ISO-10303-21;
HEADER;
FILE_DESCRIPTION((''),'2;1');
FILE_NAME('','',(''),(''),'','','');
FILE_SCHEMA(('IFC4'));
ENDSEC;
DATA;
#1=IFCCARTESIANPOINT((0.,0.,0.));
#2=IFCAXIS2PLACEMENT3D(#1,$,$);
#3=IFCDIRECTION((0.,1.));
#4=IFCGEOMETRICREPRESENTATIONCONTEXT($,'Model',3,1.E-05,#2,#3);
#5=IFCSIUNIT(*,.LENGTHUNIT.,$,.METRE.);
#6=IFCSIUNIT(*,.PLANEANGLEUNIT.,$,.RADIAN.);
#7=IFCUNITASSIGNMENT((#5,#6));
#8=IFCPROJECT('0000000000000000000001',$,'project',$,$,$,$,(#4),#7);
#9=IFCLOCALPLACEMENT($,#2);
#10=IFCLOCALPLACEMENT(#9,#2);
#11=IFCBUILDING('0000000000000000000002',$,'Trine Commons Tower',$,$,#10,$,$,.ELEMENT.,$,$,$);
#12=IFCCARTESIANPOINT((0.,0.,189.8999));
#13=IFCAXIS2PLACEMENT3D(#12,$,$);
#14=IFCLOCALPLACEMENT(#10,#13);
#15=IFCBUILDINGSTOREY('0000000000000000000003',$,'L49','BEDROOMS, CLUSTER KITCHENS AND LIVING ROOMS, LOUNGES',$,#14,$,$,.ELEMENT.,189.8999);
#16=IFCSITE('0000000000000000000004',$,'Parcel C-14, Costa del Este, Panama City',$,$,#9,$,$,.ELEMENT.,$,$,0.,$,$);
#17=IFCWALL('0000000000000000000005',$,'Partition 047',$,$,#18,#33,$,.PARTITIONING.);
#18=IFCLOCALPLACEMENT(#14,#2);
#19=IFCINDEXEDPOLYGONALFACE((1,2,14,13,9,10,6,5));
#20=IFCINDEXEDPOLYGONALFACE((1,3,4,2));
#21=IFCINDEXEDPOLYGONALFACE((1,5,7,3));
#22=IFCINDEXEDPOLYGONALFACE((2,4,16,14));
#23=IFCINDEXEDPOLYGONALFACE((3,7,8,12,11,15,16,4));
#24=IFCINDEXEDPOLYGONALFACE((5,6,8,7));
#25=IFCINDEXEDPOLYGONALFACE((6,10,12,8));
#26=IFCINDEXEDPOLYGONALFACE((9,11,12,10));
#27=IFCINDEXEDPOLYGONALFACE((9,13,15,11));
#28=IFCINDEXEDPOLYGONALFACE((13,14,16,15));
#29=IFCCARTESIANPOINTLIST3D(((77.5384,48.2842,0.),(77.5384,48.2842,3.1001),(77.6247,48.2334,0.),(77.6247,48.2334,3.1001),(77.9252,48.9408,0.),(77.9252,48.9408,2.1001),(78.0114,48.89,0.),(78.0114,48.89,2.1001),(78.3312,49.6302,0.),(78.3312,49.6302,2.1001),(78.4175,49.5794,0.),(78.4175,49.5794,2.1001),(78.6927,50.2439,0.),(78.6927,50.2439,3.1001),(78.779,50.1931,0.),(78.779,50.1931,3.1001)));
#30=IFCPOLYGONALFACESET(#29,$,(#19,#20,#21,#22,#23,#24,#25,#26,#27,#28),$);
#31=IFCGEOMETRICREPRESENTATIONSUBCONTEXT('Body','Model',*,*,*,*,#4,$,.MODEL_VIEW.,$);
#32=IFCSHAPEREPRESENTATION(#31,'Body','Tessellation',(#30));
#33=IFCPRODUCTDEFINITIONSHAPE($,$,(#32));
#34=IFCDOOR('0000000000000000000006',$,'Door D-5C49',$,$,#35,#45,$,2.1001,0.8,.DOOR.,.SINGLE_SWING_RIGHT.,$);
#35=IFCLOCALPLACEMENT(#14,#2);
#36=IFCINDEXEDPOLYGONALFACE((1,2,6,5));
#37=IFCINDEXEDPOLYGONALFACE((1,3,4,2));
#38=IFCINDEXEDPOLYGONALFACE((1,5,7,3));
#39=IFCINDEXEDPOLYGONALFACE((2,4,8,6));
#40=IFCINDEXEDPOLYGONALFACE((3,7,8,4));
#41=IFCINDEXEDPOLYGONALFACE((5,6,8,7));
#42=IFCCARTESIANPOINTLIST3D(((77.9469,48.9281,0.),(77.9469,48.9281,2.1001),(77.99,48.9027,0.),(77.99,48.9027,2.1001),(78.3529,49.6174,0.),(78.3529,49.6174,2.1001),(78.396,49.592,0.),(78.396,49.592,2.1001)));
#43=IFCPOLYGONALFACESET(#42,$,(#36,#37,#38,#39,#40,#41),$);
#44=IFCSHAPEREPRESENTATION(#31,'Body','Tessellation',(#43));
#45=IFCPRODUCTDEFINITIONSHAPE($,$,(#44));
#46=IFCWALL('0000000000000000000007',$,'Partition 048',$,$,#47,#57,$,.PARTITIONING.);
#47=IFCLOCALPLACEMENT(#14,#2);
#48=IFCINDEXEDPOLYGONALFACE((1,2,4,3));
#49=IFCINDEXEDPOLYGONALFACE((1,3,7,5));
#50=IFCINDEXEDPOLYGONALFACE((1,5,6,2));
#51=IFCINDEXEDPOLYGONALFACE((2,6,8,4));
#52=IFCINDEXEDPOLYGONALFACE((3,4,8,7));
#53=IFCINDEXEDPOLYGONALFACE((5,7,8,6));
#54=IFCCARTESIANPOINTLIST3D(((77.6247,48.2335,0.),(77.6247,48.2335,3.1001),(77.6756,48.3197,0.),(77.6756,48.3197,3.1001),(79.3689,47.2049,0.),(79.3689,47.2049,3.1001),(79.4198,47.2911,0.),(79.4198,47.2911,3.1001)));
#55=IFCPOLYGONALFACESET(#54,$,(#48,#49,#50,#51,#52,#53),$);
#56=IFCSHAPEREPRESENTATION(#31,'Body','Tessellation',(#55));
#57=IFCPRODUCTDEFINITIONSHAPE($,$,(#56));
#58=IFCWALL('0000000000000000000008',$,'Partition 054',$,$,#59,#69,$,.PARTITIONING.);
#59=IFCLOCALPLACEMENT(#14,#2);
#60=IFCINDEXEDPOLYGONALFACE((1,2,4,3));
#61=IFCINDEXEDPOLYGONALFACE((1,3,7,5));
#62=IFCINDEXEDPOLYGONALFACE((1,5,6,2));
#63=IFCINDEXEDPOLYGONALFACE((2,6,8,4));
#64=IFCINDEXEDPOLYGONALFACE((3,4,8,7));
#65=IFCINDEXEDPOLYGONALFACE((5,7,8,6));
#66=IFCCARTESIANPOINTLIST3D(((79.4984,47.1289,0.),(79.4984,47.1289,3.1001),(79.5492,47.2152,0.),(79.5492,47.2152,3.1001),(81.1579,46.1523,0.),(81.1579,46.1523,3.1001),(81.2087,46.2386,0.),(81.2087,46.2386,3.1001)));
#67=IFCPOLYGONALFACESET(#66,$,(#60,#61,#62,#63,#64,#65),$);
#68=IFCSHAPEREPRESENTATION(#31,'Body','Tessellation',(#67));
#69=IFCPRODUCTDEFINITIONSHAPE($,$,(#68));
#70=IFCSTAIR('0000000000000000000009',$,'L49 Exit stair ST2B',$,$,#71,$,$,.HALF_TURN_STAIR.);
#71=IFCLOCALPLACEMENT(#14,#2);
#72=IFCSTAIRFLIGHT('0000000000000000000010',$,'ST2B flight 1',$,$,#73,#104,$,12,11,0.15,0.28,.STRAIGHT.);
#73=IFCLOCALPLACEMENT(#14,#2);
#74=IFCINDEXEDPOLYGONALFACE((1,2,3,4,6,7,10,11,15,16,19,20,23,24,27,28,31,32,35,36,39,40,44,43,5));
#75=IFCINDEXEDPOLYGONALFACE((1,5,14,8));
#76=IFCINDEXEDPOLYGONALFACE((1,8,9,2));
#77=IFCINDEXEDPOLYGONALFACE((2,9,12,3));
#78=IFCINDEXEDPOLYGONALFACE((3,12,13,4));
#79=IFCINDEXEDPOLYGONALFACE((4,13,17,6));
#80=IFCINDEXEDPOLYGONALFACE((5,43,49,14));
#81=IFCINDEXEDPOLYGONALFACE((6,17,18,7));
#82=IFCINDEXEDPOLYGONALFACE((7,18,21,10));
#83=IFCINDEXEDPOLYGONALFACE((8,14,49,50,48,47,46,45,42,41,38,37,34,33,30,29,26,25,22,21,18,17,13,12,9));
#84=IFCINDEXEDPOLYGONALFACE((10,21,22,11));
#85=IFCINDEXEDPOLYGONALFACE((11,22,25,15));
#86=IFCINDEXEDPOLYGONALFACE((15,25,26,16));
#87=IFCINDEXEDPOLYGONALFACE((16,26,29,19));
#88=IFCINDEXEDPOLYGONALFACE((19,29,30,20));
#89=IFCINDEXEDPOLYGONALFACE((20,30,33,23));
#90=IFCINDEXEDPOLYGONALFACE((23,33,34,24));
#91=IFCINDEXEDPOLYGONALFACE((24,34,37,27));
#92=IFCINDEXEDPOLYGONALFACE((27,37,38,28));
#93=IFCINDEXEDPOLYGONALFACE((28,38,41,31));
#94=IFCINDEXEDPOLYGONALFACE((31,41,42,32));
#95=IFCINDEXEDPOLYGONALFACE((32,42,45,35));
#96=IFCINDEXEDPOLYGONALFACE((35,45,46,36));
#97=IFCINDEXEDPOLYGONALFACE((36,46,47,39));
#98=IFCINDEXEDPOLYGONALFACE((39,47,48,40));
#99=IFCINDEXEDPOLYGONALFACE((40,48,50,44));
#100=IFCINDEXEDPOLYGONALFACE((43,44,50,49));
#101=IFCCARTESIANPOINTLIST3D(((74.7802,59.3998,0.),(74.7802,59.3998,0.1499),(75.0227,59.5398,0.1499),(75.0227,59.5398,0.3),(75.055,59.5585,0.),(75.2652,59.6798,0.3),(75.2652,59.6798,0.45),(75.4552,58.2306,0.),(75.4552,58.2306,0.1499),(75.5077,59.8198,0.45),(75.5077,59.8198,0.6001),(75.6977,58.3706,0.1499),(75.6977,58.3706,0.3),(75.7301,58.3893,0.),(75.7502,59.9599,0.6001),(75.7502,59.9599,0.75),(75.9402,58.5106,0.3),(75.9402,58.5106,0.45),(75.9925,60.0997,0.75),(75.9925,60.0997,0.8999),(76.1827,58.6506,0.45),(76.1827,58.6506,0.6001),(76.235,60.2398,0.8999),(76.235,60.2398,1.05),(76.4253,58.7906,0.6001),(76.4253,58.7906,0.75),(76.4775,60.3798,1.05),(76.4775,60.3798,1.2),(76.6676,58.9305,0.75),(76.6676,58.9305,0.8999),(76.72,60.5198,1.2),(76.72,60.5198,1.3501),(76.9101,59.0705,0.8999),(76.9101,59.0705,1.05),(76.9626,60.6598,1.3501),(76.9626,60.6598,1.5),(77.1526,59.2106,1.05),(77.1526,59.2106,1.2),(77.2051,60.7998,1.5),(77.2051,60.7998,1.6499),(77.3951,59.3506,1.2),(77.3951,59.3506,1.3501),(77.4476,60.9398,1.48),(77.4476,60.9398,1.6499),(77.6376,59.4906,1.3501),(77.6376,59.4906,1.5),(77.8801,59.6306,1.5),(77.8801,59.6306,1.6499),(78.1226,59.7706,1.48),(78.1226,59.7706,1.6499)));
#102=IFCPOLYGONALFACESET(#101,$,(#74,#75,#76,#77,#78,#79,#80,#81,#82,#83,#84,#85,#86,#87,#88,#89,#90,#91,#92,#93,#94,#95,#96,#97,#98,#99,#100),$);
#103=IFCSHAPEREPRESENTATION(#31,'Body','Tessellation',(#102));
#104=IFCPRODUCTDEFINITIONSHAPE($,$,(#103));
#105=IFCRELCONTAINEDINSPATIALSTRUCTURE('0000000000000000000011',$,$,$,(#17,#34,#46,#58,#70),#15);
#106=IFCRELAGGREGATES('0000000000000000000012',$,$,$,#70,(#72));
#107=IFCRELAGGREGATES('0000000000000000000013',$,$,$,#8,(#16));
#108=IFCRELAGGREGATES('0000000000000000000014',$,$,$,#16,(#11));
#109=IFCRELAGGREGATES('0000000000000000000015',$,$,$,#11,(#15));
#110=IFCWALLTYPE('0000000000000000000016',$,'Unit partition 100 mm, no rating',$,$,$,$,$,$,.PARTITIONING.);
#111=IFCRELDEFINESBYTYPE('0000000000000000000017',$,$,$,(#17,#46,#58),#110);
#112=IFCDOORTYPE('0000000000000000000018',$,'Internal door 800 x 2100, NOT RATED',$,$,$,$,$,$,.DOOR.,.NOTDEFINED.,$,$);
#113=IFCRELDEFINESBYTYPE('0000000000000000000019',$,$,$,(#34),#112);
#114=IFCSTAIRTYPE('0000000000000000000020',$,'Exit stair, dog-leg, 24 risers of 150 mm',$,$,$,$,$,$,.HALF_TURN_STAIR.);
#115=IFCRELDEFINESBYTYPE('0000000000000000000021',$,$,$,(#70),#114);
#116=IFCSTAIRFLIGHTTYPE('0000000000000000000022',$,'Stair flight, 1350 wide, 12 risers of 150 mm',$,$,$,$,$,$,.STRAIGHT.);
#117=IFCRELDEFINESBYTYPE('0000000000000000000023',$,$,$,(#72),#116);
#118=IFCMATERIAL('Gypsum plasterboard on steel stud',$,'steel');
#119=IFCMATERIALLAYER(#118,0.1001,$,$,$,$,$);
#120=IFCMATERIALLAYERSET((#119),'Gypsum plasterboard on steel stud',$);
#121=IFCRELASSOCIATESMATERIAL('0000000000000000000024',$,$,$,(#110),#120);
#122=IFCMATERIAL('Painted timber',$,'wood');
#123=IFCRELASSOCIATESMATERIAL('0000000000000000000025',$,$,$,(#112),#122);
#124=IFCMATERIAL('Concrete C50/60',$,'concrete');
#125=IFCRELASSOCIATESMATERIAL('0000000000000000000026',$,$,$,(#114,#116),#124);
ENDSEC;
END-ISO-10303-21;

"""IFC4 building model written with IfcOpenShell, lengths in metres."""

from ifc_helpers import new_model, si_unit, direction, frame, frame_2d, origin, place, context, subcontext, project, spatial, polyline, rectangle, outline, extrude, material, layer, layer_set, type_object, element, fill, aggregate, save


model = new_model("IFC4")

# Units and contexts
model_context = context("Model", 3, precision=1e-05, world=origin(), true_north=direction((0.0, 1.0)))
body_context = subcontext(model_context, "Body", "Model", "MODEL_VIEW")
ifc_project = project(units=[si_unit("LENGTHUNIT", "METRE"), si_unit("PLANEANGLEUNIT", "RADIAN")], contexts=[model_context])

# Site, building, storey
site_placement = place(None, origin())
site = spatial("IfcSite", under=ifc_project, at=site_placement, Name="Parcel C-14, Costa del Este, Panama City", CompositionType="ELEMENT", RefElevation=0.0)
building_placement = place(site_placement, origin())
building = spatial("IfcBuilding", under=site, at=building_placement, Name="Trine Commons Tower", CompositionType="ELEMENT")
storey_placement = place(building_placement, frame((0.0, 0.0, 189.8999)))
storey = spatial("IfcBuildingStorey", under=building, at=storey_placement, Name="L49", Description="BEDROOMS, CLUSTER KITCHENS AND LIVING ROOMS, LOUNGES", CompositionType="ELEMENT", Elevation=189.8999)

# Shared definitions
ifc_material_1 = material(Name="Gypsum plasterboard on steel stud", Category="steel")

# Shared definitions
ifc_material_2 = material(Name="Painted timber", Category="wood")

# Wall, opening, door
ifc_layer_1 = layer(ifc_material_1, 0.1001)
ifc_layer_set_1 = layer_set([ifc_layer_1], Name="Gypsum plasterboard on steel stud")
wall_type_1 = type_object("IfcWallType", Name="Unit partition 100 mm, no rating", PredefinedType="PARTITIONING", material=ifc_layer_set_1)
wall_1_placement = place(storey_placement, frame((77.5815, 48.2588, 0.0), z_axis=(0.0, 0.0, 1.0), x_axis=(0.507517, 0.861642, 0.0)))
wall_1 = element("IfcWall", 1, at=wall_1_placement, inside=storey, type_object=wall_type_1, Name="Partition 047", PredefinedType="PARTITIONING", context=body_context, shape_type="SweptSolid", body=[
    extrude(rectangle(XDim=2.2744, YDim=0.1001, at=frame_2d((1.1372, 0.0))), origin(), (0.0, 0.0, 1.0), 3.1001),
])
opening_1_placement = place(wall_1_placement, frame((0.7622, 0.0, 0.0)))
opening_1 = element("IfcOpeningElement", 2, at=opening_1_placement, cuts=wall_1, PredefinedType="OPENING", context=body_context, shape_type="SweptSolid", body=[
    extrude(rectangle(XDim=0.8, YDim=2.1001, at=frame_2d((0.3999, 1.05))), frame((0.0, 0.0601, 0.0), z_axis=(0.0, -1.0, 0.0), x_axis=(1.0, 0.0, 0.0)), (0.0, 0.0, 1.0), 0.1201),
])
door_type_1 = type_object("IfcDoorType", Name="Internal door 800 x 2100, NOT RATED", OperationType="NOTDEFINED", PredefinedType="DOOR", material=ifc_material_2)
door_1_placement = place(opening_1_placement, origin())
door_1 = element("IfcDoor", 3, at=door_1_placement, inside=storey, type_object=door_type_1, Name="Door D-5C49", OperationType="SINGLE_SWING_RIGHT", OverallHeight=2.1001, OverallWidth=0.8, PredefinedType="DOOR", context=body_context, shape_type="SweptSolid", body=[
    extrude(rectangle(XDim=0.8, YDim=2.1001, at=frame_2d((0.3999, 1.05))), frame((0.0, 0.0249, 0.0), z_axis=(0.0, -1.0, 0.0), x_axis=(1.0, 0.0, 0.0)), (0.0, 0.0, 1.0), 0.05),
])
fill(opening_1, door_1)

# Walls
wall_2_placement = place(storey_placement, frame((77.6501, 48.2766, 0.0), z_axis=(0.0, 0.0, 1.0), x_axis=(0.861373, -0.507974, 0.0)))
element("IfcWall", 4, at=wall_2_placement, inside=storey, type_object=wall_type_1, Name="Partition 048", PredefinedType="PARTITIONING", context=body_context, shape_type="SweptSolid", body=[
    extrude(rectangle(XDim=2.0249, YDim=0.1001, at=frame_2d((1.0125, 0.0))), origin(), (0.0, 0.0, 1.0), 3.1001),
])
wall_3_placement = place(storey_placement, frame((79.5237, 47.1721, 0.0), z_axis=(0.0, 0.0, 1.0), x_axis=(0.861836, -0.507186, 0.0)))
element("IfcWall", 5, at=wall_3_placement, inside=storey, type_object=wall_type_1, Name="Partition 054", PredefinedType="PARTITIONING", context=body_context, shape_type="SweptSolid", body=[
    extrude(rectangle(XDim=1.9255, YDim=0.1001, at=frame_2d((0.9629, 0.0))), origin(), (0.0, 0.0, 1.0), 3.1001),
])

# Stair, stair flight
ifc_material_3 = material(Name="Concrete C50/60", Category="concrete")
stair_type = type_object("IfcStairType", Name="Exit stair, dog-leg, 24 risers of 150 mm", PredefinedType="HALF_TURN_STAIR", material=ifc_material_3)
stair_placement = place(storey_placement, origin())
stair = element("IfcStair", 6, at=stair_placement, inside=storey, type_object=stair_type, Name="L49 Exit stair ST2B", PredefinedType="HALF_TURN_STAIR")
stair_flight_type = type_object("IfcStairFlightType", Name="Stair flight, 1350 wide, 12 risers of 150 mm", PredefinedType="STRAIGHT", material=ifc_material_3)
stair_flight_placement = place(storey_placement, frame((75.1177, 58.8152, 0.0), z_axis=(0.0, 0.0, 1.0), x_axis=(0.866025, 0.5, 0.0)))
stair_flight = element("IfcStairFlight", 7, at=stair_flight_placement, type_object=stair_flight_type, Name="ST2B flight 1", NumberOfRisers=12, NumberOfTreads=11, PredefinedType="STRAIGHT", RiserHeight=0.15, TreadLength=0.28, context=body_context, shape_type="SweptSolid", body=[
    extrude(outline(polyline([(0.0, 0.0), (0.0, 0.1499), (0.28, 0.1499), (0.28, 0.3), (0.5601, 0.3), (0.5601, 0.45), (0.8401, 0.45), (0.8401, 0.6001), (1.1201, 0.6001), (1.1201, 0.75), (1.3999, 0.75), (1.3999, 0.8999), (1.6799, 0.8999), (1.6799, 1.05), (1.96, 1.05), (1.96, 1.2), (2.24, 1.2), (2.24, 1.3501), (2.52, 1.3501), (2.52, 1.5), (2.8, 1.5), (2.8, 1.6499), (3.0801, 1.6499), (3.0801, 1.8), (3.0801, 1.48), (0.3174, 0.0), (0.0, 0.0)])), frame((0.0, 0.675, 0.0), z_axis=(0.0, -1.0, 0.0), x_axis=(1.0, 0.0, 0.0)), (0.0, 0.0, 1.0), 1.3501),
])
aggregate(stair, [stair_flight])

save(model, "model.ifc")
